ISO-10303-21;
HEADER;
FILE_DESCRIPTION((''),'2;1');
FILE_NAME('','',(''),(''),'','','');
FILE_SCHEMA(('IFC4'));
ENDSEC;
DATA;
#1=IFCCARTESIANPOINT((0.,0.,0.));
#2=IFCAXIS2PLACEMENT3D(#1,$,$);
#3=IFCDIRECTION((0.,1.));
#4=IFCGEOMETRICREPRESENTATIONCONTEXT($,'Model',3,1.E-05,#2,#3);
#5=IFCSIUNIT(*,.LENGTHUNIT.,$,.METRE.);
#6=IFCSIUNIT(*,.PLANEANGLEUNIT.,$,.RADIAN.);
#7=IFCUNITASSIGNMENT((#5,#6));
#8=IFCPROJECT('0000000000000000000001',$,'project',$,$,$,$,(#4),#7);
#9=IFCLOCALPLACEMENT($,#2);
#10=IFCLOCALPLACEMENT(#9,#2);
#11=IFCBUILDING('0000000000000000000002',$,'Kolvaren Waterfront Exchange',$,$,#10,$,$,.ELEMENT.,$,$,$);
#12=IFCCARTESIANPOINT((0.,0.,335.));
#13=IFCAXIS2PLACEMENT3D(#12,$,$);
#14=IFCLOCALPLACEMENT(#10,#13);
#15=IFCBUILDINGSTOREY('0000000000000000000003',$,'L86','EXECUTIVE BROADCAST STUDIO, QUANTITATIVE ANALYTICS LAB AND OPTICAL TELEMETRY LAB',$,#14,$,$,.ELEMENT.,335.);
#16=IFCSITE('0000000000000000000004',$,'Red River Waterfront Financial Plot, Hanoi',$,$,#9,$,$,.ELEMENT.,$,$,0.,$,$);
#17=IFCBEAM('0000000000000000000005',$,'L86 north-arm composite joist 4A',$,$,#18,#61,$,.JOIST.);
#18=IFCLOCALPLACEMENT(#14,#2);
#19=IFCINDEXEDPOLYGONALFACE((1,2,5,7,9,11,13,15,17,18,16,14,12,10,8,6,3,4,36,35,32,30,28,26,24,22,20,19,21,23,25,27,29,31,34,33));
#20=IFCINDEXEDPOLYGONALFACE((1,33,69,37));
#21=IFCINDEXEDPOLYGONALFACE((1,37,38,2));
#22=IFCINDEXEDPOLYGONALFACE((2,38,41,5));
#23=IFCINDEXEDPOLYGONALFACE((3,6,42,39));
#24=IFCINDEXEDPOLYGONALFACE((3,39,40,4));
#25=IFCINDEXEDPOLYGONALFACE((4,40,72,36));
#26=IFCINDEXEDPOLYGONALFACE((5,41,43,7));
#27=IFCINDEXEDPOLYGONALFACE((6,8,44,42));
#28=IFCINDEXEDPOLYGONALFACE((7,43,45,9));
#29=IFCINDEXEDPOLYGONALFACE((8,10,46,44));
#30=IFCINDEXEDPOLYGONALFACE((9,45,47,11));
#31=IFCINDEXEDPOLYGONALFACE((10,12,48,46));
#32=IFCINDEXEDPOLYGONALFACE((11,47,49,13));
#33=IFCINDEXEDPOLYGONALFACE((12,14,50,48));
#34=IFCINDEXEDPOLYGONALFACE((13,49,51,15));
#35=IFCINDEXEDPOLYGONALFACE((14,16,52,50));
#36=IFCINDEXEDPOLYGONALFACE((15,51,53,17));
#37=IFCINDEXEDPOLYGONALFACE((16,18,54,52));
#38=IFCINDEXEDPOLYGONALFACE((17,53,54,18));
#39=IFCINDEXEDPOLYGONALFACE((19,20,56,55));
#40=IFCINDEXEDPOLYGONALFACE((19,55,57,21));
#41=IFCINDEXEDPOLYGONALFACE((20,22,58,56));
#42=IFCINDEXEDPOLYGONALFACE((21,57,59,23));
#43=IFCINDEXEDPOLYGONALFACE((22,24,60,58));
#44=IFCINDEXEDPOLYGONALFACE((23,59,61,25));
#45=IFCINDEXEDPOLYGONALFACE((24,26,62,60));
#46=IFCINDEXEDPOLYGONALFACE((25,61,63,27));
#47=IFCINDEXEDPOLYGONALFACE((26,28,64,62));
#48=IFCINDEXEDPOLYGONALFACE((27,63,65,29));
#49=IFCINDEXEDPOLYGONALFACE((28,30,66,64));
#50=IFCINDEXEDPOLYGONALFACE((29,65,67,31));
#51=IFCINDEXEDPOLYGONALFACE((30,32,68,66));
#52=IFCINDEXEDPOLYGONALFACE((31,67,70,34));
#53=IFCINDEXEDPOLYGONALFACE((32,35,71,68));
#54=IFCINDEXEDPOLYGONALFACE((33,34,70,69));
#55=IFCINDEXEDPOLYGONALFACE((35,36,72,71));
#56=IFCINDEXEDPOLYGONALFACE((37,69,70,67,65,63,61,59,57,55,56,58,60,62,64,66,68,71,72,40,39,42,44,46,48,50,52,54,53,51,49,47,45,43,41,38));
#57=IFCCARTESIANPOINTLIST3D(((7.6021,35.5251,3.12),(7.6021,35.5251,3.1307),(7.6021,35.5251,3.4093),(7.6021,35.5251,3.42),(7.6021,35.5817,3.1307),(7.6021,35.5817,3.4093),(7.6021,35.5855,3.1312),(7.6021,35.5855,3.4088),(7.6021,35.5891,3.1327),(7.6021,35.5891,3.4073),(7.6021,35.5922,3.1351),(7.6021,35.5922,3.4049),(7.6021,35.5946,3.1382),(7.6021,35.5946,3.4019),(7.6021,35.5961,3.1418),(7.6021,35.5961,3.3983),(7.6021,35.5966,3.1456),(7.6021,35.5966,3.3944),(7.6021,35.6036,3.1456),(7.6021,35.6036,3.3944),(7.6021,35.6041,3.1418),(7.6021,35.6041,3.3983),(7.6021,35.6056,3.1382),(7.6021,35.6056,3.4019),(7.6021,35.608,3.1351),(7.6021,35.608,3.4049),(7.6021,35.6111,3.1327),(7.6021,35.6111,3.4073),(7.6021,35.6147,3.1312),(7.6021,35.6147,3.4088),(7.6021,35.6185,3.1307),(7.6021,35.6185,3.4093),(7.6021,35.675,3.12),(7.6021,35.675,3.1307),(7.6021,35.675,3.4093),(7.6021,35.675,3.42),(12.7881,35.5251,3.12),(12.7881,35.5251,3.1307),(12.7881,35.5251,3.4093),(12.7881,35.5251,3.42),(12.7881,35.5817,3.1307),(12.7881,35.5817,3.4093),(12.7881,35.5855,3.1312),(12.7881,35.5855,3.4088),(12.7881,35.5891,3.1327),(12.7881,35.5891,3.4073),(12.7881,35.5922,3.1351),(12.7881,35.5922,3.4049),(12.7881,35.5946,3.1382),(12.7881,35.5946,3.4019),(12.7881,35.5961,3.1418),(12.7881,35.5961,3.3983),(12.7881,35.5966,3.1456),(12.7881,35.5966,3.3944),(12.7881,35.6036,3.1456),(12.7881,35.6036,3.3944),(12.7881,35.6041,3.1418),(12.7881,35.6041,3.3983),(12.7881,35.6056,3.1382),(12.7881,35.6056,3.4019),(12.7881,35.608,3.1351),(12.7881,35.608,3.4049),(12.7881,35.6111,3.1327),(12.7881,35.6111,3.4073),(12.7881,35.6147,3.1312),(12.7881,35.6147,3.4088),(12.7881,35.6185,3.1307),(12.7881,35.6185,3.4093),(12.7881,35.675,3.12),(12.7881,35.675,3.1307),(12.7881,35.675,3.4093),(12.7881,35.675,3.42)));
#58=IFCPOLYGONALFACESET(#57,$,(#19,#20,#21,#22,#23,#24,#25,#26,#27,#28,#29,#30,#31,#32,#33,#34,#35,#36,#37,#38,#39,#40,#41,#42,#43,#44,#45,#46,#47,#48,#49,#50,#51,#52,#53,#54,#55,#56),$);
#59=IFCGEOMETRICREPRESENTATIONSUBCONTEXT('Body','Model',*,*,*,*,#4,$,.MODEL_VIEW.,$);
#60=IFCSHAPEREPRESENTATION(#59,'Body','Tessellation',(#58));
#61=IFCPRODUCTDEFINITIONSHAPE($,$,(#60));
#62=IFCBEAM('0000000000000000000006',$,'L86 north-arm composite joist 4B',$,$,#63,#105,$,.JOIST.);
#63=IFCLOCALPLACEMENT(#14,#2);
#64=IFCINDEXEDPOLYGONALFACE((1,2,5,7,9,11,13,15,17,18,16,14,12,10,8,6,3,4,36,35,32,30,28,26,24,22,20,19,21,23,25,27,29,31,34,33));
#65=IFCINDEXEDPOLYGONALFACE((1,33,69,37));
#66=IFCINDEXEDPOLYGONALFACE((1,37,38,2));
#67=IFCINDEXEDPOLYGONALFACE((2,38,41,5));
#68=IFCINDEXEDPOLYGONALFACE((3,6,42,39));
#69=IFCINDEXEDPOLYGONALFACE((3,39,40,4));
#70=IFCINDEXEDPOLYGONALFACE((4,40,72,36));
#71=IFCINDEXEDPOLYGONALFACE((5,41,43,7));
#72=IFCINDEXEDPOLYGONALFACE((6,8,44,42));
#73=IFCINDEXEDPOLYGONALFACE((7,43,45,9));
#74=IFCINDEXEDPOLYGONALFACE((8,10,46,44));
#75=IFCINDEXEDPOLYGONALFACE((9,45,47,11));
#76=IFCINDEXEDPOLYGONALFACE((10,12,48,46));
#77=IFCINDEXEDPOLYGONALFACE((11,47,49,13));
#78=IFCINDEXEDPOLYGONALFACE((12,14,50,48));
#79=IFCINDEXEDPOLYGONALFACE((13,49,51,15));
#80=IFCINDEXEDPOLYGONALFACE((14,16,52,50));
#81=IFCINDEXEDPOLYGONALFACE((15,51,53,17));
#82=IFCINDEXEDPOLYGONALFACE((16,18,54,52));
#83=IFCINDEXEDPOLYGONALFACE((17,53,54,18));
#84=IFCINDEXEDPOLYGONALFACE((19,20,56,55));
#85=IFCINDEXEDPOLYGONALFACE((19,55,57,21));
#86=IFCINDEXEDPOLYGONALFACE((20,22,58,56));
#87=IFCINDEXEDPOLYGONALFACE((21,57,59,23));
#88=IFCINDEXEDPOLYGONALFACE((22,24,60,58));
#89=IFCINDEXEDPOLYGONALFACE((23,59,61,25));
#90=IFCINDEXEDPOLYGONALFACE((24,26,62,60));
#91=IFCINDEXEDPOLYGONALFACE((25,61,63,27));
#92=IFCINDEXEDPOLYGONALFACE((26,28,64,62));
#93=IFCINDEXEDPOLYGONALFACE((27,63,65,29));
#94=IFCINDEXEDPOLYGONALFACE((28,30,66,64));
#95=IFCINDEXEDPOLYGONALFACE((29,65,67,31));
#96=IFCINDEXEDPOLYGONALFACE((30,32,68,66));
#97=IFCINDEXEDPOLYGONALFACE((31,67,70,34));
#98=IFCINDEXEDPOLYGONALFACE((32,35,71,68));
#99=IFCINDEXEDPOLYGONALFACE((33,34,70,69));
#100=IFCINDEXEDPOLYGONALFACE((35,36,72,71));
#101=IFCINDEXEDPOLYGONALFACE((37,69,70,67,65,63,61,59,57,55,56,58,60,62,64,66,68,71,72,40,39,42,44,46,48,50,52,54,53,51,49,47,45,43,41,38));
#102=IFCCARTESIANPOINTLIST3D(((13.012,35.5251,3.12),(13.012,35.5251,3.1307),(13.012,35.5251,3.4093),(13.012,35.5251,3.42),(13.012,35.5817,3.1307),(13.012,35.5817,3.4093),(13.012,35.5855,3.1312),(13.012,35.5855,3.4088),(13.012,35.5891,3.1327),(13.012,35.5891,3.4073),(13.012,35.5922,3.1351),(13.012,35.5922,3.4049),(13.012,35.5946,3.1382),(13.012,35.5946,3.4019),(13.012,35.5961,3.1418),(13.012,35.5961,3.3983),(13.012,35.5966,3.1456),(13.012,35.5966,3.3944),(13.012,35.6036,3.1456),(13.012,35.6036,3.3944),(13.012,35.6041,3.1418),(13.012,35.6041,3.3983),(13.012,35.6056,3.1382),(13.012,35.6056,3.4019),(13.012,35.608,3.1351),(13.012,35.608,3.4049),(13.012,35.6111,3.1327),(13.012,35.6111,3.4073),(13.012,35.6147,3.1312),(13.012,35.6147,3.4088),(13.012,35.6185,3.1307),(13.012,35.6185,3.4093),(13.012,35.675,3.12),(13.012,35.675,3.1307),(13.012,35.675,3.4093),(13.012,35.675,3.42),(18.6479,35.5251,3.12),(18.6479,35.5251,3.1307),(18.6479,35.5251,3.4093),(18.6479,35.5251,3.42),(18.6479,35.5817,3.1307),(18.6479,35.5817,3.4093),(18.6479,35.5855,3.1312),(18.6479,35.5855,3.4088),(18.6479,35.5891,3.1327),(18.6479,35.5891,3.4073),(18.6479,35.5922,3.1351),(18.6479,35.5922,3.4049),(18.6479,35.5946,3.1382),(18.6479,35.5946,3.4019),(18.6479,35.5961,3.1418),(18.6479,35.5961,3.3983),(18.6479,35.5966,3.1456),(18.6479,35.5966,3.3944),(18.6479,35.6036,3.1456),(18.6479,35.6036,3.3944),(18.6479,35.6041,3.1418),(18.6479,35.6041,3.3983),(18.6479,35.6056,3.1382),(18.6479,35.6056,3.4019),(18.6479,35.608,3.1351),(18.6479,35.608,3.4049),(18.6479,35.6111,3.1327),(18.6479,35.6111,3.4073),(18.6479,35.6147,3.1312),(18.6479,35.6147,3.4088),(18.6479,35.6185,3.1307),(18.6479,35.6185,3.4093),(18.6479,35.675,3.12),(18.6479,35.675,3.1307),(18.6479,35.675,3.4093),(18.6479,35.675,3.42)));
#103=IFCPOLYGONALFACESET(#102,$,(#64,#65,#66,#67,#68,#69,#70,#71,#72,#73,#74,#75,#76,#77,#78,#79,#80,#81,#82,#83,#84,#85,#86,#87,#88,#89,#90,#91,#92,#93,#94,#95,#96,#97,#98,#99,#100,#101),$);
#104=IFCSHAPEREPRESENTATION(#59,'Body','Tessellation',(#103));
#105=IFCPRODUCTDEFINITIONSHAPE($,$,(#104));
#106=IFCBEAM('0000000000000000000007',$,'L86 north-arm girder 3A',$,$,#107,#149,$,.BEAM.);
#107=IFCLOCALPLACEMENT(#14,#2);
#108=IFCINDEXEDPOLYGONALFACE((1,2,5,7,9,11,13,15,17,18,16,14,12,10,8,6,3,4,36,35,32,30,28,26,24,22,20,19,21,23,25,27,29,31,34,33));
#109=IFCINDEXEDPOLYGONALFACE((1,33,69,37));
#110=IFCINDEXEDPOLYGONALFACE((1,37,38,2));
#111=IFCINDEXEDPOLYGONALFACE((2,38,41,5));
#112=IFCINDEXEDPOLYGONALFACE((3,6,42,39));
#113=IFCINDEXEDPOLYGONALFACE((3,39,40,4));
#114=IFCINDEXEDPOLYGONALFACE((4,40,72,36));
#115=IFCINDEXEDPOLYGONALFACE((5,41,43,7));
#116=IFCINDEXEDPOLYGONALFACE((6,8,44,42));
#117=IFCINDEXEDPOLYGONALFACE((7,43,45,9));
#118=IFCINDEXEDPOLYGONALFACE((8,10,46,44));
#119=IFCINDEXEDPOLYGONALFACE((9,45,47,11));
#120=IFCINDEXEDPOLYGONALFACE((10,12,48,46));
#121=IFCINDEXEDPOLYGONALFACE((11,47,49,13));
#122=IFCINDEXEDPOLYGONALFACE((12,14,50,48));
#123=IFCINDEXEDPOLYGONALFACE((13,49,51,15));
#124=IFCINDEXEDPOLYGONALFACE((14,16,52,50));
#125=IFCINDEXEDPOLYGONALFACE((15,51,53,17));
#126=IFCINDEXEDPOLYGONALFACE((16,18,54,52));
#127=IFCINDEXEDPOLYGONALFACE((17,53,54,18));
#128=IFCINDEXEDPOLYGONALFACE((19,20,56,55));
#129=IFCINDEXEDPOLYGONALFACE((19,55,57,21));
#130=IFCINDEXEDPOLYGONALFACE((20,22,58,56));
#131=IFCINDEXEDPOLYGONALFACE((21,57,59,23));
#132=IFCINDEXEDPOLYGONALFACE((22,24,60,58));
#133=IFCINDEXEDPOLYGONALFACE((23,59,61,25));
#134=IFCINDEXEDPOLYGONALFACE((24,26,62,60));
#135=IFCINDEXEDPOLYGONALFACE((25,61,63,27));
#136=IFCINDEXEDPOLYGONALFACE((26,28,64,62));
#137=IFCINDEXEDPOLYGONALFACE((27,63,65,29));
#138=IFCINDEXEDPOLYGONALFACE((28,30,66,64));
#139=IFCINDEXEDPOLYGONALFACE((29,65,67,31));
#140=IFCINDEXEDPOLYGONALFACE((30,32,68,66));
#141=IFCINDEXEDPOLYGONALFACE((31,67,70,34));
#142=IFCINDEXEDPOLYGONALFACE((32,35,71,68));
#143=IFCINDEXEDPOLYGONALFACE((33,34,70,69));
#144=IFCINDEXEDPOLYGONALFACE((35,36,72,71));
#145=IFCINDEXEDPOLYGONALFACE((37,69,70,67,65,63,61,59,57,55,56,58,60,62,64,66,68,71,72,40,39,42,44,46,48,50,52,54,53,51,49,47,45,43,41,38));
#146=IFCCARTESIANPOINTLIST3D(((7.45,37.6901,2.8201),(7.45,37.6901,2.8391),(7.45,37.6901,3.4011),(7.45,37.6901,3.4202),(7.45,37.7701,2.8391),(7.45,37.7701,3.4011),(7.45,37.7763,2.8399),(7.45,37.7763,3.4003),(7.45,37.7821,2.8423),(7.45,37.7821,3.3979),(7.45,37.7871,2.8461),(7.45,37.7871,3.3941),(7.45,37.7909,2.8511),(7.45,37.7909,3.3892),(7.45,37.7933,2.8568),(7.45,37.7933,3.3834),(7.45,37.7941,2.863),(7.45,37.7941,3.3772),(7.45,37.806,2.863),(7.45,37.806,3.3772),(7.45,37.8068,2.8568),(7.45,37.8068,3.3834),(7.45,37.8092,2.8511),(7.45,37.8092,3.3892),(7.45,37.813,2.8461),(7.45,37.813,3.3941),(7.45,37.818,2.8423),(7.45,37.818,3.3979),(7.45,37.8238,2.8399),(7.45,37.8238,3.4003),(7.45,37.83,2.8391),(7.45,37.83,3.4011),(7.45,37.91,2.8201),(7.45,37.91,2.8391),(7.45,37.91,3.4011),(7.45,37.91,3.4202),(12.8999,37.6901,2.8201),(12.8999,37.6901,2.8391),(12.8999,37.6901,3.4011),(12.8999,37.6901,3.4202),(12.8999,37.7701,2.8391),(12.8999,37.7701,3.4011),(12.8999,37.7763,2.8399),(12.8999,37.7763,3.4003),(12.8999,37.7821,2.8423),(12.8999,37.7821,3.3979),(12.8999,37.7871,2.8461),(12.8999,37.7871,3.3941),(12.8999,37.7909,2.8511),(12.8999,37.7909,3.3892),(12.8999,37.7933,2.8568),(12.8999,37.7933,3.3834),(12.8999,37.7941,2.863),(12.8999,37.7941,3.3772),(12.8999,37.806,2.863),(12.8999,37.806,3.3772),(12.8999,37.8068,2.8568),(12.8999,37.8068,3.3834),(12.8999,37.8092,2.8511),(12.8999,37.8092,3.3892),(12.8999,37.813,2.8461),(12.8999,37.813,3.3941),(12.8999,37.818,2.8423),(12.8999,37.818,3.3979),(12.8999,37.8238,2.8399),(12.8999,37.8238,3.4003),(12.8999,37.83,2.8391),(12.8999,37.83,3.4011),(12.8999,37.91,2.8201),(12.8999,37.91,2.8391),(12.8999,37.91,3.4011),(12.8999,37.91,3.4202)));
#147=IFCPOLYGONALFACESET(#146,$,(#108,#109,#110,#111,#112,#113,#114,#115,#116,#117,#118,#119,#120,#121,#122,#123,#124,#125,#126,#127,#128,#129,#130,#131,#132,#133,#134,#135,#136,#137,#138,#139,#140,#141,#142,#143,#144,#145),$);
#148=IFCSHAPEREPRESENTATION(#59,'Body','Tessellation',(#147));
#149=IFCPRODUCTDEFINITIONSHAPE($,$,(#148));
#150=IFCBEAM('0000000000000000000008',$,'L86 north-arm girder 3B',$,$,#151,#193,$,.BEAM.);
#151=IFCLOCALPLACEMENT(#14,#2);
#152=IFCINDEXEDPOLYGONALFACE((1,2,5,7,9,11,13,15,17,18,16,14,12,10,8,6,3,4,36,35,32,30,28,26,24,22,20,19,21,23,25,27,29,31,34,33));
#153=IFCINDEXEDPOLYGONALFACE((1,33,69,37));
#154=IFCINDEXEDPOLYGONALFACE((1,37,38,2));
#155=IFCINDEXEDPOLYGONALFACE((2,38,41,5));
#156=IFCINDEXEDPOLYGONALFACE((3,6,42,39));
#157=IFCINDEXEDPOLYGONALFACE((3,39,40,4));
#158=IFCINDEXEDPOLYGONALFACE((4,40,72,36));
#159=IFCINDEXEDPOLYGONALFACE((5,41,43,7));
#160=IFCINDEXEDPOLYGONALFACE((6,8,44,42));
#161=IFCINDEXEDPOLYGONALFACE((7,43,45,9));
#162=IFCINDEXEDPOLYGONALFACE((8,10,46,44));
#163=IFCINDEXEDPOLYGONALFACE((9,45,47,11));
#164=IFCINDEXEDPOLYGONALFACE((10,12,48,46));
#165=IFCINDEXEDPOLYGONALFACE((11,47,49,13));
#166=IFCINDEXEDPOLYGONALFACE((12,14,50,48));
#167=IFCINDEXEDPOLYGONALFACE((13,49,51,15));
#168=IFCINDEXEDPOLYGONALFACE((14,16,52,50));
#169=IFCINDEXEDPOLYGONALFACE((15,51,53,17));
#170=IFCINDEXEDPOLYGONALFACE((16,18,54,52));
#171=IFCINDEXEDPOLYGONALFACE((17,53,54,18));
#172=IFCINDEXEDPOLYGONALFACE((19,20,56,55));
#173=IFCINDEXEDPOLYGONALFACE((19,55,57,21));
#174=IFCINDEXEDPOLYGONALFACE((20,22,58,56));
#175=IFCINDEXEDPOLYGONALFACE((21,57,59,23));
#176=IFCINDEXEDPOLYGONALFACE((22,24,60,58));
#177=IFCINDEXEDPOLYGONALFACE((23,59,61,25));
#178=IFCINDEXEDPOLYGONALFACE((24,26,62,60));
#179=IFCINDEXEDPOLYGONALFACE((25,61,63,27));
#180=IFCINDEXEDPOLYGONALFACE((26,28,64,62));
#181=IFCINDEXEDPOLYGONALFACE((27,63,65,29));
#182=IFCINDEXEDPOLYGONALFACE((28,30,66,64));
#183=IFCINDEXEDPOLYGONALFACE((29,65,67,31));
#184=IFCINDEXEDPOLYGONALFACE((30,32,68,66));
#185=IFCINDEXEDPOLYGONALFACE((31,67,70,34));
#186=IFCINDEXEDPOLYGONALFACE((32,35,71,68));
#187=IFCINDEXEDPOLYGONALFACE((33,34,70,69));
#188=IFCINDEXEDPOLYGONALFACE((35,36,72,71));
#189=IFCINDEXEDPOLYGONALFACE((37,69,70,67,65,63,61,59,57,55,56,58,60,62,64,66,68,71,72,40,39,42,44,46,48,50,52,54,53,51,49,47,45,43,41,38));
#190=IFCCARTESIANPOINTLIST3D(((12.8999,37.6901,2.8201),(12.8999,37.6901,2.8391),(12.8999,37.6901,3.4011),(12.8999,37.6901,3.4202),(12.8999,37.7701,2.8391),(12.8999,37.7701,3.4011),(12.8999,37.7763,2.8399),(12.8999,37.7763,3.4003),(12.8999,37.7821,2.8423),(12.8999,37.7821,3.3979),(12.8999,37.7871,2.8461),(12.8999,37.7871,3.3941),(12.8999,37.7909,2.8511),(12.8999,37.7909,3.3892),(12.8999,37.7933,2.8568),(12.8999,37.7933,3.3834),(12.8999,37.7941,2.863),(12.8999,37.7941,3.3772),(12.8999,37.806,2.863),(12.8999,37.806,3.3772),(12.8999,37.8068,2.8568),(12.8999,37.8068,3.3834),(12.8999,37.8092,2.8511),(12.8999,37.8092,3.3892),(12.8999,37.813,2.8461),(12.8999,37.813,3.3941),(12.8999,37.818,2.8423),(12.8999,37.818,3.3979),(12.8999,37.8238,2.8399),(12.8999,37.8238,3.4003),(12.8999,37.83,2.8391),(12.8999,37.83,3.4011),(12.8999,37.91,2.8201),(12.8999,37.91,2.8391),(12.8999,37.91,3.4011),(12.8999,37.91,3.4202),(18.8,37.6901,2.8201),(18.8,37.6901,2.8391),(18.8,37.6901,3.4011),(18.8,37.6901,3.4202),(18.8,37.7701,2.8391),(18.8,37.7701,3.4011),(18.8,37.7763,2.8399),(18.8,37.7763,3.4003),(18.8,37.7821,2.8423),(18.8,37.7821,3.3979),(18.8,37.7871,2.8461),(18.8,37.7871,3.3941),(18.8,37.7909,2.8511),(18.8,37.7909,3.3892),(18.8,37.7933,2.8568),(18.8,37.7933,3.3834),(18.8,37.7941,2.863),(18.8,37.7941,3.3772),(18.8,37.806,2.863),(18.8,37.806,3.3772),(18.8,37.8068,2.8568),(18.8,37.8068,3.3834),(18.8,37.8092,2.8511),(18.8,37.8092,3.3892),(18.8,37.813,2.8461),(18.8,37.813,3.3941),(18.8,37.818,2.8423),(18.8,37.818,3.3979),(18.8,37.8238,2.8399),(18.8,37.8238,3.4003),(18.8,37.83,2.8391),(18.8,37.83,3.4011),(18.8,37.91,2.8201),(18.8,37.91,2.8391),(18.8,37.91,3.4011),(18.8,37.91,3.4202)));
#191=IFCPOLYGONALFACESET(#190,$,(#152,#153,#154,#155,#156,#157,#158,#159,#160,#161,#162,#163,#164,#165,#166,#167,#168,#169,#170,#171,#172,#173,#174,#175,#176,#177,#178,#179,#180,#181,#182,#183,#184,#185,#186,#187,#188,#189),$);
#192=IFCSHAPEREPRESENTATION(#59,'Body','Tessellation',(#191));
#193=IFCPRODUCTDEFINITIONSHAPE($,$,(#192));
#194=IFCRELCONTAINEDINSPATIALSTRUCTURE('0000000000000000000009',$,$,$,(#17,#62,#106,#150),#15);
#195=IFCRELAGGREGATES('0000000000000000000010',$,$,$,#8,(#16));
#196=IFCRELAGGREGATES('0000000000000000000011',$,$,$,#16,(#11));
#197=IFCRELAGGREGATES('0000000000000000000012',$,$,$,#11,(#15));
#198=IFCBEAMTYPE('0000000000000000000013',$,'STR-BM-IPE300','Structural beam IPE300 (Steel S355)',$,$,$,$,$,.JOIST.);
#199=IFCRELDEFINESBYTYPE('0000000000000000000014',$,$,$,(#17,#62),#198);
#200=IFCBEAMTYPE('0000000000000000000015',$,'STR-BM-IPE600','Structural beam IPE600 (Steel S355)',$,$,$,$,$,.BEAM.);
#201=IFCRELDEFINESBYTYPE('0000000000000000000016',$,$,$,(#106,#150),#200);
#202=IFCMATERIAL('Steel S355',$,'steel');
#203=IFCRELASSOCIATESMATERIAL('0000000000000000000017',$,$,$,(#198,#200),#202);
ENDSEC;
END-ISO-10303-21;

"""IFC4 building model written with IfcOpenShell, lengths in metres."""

from ifc_helpers import new_model, si_unit, direction, frame, origin, origin_2d, place, context, subcontext, project, spatial, i_section, extrude, material, material_profile, profile_set, type_object, element, save


model = new_model("IFC4")

# Units and contexts
model_context = context("Model", 3, precision=1e-05, world=origin(), true_north=direction((0.0, 1.0)))
body_context = subcontext(model_context, "Body", "Model", "MODEL_VIEW")
ifc_project = project(units=[si_unit("LENGTHUNIT", "METRE"), si_unit("PLANEANGLEUNIT", "RADIAN")], contexts=[model_context])

# Site, building, storey
site_placement = place(None, origin())
site = spatial("IfcSite", under=ifc_project, at=site_placement, Name="Red River Waterfront Financial Plot, Hanoi", CompositionType="ELEMENT", RefElevation=0.0)
building_placement = place(site_placement, origin())
building = spatial("IfcBuilding", under=site, at=building_placement, Name="Kolvaren Waterfront Exchange", CompositionType="ELEMENT")
storey_placement = place(building_placement, frame((0.0, 0.0, 335.0)))
storey = spatial("IfcBuildingStorey", under=building, at=storey_placement, Name="L86", Description="EXECUTIVE BROADCAST STUDIO, QUANTITATIVE ANALYTICS LAB AND OPTICAL TELEMETRY LAB", CompositionType="ELEMENT", Elevation=335.0)

# Beams
ifc_material_1 = material(Name="Steel S355", Category="steel")
ifc_material_profile_1 = material_profile(ifc_material_1, i_section(OverallWidth=0.1499, OverallDepth=0.3, WebThickness=0.0071, FlangeThickness=0.0107, FilletRadius=0.0149, at=origin_2d()), Name="IPE300")
ifc_profile_set_1 = profile_set([ifc_material_profile_1], Name="Steel S355")
beam_type_1 = type_object("IfcBeamType", Name="STR-BM-IPE300", Description="Structural beam IPE300 (Steel S355)", PredefinedType="JOIST", material=ifc_profile_set_1)
beam_1_placement = place(storey_placement, frame((7.6021, 35.6001, 3.27), z_axis=(1.0, 0.0, 0.0), x_axis=(0.0, 1.0, 0.0)))
element("IfcBeam", 1, at=beam_1_placement, inside=storey, type_object=beam_type_1, Name="L86 north-arm composite joist 4A", PredefinedType="JOIST", context=body_context, shape_type="SweptSolid", body=[
    extrude(i_section(OverallWidth=0.1499, OverallDepth=0.3, WebThickness=0.0071, FlangeThickness=0.0107, FilletRadius=0.0149, at=origin_2d()), origin(), (0.0, 0.0, 1.0), 5.186),
])
beam_2_placement = place(storey_placement, frame((13.012, 35.6001, 3.27), z_axis=(1.0, 0.0, 0.0), x_axis=(0.0, 1.0, 0.0)))
element("IfcBeam", 2, at=beam_2_placement, inside=storey, type_object=beam_type_1, Name="L86 north-arm composite joist 4B", PredefinedType="JOIST", context=body_context, shape_type="SweptSolid", body=[
    extrude(i_section(OverallWidth=0.1499, OverallDepth=0.3, WebThickness=0.0071, FlangeThickness=0.0107, FilletRadius=0.0149, at=origin_2d()), origin(), (0.0, 0.0, 1.0), 5.636),
])
ifc_material_profile_2 = material_profile(ifc_material_1, i_section(OverallWidth=0.22, OverallDepth=0.6001, WebThickness=0.012, FlangeThickness=0.019, FilletRadius=0.0239, at=origin_2d()), Name="IPE600")
ifc_profile_set_2 = profile_set([ifc_material_profile_2], Name="Steel S355")
beam_type_2 = type_object("IfcBeamType", Name="STR-BM-IPE600", Description="Structural beam IPE600 (Steel S355)", PredefinedType="BEAM", material=ifc_profile_set_2)
beam_3_placement = place(storey_placement, frame((7.45, 37.8, 3.1201), z_axis=(1.0, 0.0, 0.0), x_axis=(0.0, 1.0, 0.0)))
element("IfcBeam", 3, at=beam_3_placement, inside=storey, type_object=beam_type_2, Name="L86 north-arm girder 3A", PredefinedType="BEAM", context=body_context, shape_type="SweptSolid", body=[
    extrude(i_section(OverallWidth=0.22, OverallDepth=0.6001, WebThickness=0.012, FlangeThickness=0.019, FilletRadius=0.0239, at=origin_2d()), origin(), (0.0, 0.0, 1.0), 5.45),
])
beam_4_placement = place(storey_placement, frame((12.8999, 37.8, 3.1201), z_axis=(1.0, 0.0, 0.0), x_axis=(0.0, 1.0, 0.0)))
element("IfcBeam", 4, at=beam_4_placement, inside=storey, type_object=beam_type_2, Name="L86 north-arm girder 3B", PredefinedType="BEAM", context=body_context, shape_type="SweptSolid", body=[
    extrude(i_section(OverallWidth=0.22, OverallDepth=0.6001, WebThickness=0.012, FlangeThickness=0.019, FilletRadius=0.0239, at=origin_2d()), origin(), (0.0, 0.0, 1.0), 5.9001),
])

save(model, "model.ifc")
